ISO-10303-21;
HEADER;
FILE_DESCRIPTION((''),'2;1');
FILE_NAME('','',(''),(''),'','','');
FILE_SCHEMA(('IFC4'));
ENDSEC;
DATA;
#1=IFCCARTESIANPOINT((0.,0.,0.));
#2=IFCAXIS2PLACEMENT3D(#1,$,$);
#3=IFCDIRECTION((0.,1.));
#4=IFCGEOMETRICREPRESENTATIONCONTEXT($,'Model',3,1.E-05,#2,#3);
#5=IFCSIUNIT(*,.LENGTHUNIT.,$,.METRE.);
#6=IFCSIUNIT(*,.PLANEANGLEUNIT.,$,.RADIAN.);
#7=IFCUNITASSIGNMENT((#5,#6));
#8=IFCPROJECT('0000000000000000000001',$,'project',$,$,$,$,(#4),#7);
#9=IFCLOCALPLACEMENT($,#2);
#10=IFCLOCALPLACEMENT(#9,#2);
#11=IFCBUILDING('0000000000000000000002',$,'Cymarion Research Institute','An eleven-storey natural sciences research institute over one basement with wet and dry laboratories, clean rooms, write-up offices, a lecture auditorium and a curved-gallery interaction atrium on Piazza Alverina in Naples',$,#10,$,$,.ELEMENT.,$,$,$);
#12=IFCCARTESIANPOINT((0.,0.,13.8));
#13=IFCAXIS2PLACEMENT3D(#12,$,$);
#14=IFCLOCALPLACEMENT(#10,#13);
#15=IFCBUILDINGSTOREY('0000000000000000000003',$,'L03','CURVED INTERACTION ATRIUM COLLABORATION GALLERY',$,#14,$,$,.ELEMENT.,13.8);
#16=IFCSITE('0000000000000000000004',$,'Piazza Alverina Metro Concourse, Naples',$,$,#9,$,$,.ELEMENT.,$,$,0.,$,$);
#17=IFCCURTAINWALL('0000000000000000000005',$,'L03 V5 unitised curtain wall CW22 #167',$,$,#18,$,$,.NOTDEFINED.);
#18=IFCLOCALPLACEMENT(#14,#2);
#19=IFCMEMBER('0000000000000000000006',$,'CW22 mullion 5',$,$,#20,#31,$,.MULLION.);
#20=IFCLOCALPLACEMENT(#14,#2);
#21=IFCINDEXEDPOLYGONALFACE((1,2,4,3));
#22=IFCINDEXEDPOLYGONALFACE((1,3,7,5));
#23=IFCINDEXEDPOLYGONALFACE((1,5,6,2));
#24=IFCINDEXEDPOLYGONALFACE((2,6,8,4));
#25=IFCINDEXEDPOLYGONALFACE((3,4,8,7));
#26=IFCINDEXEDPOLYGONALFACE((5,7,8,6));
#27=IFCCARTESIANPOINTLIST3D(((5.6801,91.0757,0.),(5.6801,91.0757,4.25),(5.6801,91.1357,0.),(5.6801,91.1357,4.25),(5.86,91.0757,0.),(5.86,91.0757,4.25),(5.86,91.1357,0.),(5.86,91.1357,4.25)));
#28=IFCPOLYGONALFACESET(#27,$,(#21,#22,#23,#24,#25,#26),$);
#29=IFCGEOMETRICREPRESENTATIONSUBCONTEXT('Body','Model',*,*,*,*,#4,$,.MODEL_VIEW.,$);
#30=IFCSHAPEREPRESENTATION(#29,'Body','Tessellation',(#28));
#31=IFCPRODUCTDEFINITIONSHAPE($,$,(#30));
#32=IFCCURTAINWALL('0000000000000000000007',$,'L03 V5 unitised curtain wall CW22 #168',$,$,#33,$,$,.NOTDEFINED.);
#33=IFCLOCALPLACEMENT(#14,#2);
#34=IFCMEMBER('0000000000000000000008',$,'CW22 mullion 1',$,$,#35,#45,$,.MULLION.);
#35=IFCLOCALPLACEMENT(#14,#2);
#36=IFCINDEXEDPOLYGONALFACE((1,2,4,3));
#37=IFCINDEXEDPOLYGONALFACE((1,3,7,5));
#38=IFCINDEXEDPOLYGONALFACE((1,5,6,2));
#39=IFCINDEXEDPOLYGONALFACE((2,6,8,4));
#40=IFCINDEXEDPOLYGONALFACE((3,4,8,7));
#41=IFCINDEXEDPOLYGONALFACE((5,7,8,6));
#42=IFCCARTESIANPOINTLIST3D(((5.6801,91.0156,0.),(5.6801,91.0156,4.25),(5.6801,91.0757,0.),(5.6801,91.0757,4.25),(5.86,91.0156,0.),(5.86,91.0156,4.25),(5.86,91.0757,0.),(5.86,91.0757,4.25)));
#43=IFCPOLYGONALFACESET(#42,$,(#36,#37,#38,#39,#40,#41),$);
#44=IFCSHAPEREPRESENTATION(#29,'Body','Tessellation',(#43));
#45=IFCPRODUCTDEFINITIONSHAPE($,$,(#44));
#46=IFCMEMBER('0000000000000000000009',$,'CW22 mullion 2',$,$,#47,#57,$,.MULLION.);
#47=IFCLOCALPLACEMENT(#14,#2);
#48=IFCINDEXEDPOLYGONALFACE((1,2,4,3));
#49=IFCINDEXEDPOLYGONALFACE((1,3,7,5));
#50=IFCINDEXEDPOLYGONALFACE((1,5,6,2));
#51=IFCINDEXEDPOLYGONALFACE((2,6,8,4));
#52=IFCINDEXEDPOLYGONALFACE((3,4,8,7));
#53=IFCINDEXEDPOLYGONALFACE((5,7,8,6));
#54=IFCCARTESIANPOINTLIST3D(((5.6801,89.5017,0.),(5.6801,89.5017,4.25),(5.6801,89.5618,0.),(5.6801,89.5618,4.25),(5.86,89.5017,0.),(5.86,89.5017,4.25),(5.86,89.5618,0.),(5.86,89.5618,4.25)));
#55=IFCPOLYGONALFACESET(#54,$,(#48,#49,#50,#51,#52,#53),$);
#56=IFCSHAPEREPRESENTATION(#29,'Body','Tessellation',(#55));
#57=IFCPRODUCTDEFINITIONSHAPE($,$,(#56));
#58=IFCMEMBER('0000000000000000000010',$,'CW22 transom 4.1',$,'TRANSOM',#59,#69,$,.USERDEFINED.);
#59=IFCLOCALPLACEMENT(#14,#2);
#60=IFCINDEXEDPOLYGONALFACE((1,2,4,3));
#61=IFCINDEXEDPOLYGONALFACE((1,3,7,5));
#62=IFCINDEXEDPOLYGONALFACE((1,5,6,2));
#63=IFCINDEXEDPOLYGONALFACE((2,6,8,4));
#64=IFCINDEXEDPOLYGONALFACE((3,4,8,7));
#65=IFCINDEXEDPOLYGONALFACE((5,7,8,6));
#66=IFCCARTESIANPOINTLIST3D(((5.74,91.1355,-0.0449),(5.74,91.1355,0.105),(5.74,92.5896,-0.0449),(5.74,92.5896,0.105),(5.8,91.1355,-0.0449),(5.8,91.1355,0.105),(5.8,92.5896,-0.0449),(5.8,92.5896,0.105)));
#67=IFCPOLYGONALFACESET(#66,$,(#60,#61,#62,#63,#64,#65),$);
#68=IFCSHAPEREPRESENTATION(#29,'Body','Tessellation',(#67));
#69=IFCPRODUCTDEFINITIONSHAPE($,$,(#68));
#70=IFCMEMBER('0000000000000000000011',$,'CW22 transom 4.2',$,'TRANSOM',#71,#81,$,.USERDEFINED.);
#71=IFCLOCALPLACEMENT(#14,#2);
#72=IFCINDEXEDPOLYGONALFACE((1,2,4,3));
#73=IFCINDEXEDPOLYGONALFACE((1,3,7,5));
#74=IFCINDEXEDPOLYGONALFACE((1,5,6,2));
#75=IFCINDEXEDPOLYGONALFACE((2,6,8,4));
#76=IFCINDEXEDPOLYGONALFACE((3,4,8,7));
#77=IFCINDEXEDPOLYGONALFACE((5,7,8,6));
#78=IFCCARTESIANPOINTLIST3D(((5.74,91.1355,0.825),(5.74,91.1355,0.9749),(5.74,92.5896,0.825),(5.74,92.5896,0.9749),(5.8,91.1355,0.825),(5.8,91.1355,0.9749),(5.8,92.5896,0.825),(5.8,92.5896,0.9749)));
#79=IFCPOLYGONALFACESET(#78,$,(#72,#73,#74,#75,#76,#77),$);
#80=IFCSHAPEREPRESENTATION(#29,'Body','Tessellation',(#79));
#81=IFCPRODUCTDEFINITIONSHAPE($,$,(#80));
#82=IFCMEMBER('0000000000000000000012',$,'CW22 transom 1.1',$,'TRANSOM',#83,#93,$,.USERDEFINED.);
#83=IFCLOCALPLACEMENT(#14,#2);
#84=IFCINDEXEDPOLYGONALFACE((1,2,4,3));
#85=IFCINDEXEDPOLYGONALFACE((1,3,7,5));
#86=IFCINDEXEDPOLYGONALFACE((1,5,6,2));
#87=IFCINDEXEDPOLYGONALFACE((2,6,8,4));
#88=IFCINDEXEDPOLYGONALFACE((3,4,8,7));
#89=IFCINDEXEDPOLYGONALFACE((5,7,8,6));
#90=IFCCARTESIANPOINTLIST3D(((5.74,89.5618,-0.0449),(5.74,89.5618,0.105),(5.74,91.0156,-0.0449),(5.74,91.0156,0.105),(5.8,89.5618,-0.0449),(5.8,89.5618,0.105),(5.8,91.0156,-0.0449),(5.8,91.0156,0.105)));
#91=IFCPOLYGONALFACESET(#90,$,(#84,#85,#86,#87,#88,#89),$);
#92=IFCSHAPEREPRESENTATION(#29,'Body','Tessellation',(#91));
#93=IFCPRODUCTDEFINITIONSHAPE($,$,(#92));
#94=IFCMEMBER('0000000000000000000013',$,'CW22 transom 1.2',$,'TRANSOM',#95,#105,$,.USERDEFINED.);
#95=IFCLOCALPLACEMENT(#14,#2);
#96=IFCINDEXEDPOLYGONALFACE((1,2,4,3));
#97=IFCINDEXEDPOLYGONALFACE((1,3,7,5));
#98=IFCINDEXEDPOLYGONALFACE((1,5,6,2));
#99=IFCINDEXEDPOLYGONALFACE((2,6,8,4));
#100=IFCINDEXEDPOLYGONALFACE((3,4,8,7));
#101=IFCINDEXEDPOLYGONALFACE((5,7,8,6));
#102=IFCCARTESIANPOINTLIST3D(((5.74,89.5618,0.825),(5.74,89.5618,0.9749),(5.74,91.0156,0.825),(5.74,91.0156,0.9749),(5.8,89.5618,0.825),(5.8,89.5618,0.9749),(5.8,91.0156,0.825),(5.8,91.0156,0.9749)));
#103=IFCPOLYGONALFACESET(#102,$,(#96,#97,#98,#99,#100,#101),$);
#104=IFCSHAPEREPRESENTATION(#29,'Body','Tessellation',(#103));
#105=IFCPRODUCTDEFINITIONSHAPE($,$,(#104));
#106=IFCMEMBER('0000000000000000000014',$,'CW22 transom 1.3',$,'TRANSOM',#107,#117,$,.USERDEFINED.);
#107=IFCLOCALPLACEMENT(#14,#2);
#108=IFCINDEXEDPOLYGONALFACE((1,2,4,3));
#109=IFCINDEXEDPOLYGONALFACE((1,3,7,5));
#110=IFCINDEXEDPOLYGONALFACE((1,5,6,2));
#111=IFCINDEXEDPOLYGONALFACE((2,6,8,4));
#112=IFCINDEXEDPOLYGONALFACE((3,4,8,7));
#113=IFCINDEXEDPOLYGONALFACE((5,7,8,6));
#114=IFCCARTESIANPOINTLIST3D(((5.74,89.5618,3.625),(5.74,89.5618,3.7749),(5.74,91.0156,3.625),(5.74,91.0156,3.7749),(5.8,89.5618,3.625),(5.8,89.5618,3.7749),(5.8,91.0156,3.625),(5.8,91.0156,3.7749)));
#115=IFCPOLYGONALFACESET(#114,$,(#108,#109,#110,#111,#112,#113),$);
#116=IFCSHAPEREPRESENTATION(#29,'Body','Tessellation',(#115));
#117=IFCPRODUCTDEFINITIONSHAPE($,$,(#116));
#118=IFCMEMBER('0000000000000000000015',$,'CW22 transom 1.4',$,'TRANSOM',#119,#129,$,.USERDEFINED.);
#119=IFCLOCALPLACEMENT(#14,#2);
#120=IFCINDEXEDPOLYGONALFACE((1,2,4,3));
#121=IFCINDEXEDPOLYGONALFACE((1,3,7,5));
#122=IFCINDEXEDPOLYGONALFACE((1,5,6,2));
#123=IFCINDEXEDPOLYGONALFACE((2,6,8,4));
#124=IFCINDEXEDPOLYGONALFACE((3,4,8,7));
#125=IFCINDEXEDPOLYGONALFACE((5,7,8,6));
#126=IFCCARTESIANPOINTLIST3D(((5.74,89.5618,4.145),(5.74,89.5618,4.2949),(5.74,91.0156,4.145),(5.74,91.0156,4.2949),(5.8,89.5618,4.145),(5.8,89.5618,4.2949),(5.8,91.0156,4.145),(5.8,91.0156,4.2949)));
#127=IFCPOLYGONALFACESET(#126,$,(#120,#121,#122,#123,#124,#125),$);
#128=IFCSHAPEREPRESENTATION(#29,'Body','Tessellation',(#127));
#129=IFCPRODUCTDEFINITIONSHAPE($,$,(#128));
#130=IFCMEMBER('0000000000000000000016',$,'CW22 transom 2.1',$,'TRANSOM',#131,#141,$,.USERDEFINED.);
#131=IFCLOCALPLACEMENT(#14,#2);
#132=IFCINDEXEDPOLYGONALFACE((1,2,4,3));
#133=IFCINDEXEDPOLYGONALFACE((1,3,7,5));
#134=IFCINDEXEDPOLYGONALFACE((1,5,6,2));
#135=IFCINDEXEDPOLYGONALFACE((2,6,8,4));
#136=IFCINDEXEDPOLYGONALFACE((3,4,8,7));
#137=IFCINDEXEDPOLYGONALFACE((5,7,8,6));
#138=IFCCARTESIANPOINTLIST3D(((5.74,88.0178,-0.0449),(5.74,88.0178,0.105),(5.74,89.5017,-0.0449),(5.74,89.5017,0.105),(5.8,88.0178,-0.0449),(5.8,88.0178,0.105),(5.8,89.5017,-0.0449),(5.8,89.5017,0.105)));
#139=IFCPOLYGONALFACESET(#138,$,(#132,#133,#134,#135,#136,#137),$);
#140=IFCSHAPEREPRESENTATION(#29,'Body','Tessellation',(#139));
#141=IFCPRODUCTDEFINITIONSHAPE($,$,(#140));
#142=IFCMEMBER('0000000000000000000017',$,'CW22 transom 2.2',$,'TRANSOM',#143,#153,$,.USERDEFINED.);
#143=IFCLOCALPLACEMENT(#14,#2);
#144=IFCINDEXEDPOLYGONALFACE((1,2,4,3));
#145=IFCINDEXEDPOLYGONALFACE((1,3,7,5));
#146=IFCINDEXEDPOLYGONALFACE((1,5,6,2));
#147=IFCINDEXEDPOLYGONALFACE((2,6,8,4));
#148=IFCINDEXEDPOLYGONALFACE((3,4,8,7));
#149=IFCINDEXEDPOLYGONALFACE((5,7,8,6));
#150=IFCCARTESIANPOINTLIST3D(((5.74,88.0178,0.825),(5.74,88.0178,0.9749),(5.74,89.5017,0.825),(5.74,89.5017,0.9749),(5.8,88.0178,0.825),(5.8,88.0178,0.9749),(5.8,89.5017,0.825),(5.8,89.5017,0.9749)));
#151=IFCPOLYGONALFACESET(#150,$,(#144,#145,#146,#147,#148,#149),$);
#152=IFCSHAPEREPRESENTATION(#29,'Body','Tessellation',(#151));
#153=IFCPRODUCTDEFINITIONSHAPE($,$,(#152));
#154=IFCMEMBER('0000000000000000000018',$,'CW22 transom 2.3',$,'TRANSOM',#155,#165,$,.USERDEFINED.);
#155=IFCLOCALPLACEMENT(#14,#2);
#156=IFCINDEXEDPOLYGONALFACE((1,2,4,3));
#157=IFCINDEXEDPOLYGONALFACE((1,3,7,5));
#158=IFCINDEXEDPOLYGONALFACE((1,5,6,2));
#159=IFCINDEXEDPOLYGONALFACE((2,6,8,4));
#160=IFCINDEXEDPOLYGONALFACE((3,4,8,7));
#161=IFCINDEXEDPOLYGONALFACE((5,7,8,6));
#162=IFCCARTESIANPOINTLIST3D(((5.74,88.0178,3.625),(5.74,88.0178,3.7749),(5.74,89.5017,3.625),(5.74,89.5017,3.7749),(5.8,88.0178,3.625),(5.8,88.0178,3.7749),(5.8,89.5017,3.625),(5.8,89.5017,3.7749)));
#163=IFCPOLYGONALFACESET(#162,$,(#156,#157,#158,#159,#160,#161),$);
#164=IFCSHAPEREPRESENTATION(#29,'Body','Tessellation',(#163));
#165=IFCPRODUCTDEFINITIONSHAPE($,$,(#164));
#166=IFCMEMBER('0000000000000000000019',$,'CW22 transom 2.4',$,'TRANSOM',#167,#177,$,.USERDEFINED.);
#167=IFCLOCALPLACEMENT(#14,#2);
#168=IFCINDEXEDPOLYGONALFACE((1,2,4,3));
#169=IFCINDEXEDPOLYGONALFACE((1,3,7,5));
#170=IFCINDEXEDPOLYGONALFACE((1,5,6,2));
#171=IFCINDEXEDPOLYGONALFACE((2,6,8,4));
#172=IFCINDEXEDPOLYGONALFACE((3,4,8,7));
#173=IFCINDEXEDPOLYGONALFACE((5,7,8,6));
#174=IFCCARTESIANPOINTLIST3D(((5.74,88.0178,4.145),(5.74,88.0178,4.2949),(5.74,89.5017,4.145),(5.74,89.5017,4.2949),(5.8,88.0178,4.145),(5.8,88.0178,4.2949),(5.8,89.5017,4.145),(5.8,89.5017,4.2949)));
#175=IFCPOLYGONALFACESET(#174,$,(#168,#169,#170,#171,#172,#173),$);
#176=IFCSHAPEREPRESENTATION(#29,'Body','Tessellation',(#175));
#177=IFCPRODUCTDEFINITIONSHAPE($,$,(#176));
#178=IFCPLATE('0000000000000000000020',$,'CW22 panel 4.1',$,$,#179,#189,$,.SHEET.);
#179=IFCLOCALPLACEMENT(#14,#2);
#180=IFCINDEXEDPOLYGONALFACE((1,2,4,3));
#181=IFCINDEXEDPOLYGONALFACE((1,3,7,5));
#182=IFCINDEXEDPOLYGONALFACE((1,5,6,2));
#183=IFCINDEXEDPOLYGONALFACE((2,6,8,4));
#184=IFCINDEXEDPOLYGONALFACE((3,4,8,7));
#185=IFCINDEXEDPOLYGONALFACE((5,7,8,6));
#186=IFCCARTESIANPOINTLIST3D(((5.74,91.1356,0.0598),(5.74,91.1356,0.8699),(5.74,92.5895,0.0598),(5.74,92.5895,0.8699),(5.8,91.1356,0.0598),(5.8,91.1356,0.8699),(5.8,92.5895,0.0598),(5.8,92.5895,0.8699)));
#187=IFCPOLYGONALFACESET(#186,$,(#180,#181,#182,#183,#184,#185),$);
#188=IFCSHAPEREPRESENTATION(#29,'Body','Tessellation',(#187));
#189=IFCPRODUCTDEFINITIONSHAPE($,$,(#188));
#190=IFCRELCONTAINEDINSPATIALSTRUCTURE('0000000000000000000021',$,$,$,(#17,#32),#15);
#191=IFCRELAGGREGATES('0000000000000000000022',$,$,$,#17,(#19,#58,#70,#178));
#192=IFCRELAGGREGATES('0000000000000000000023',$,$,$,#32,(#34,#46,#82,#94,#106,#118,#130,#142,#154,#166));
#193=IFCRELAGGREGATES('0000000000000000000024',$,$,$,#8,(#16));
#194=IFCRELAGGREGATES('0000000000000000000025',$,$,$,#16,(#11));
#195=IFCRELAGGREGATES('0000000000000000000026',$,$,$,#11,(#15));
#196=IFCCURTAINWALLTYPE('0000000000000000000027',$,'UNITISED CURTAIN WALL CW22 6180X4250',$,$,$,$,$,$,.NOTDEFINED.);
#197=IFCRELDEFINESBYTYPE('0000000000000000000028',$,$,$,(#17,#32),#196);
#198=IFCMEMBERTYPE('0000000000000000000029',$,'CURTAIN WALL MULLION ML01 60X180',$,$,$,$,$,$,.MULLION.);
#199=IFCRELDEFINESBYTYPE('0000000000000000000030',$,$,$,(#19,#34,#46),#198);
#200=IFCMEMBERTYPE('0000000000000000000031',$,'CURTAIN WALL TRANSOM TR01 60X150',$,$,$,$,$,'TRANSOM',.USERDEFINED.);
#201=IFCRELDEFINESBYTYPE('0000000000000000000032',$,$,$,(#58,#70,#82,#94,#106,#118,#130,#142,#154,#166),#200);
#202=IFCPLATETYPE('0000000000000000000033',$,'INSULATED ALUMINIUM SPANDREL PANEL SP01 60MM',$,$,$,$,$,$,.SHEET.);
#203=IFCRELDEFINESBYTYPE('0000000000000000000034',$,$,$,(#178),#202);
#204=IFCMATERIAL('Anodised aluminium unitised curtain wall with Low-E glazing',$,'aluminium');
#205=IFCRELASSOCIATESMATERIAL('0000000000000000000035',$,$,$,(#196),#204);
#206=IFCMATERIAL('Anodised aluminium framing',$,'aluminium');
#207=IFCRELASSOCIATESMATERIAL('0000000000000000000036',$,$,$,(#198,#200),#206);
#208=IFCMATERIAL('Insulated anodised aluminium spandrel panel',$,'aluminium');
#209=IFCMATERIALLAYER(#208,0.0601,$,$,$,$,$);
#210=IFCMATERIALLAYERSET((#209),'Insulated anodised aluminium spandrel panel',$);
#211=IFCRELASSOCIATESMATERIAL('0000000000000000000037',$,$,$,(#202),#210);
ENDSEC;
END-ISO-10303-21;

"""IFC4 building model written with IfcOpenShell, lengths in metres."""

from ifc_helpers import new_model, si_unit, direction, frame, origin, origin_2d, place, context, subcontext, project, spatial, rectangle, extrude, material, layer, layer_set, material_profile, profile_set, type_object, element, aggregate, save


model = new_model("IFC4")

# Units and contexts
model_context = context("Model", 3, precision=1e-05, world=origin(), true_north=direction((0.0, 1.0)))
body_context = subcontext(model_context, "Body", "Model", "MODEL_VIEW")
ifc_project = project(units=[si_unit("LENGTHUNIT", "METRE"), si_unit("PLANEANGLEUNIT", "RADIAN")], contexts=[model_context])

# Site, building, storey
site_placement = place(None, origin())
site = spatial("IfcSite", under=ifc_project, at=site_placement, Name="Piazza Alverina Metro Concourse, Naples", CompositionType="ELEMENT", RefElevation=0.0)
building_placement = place(site_placement, origin())
building = spatial("IfcBuilding", under=site, at=building_placement, Name="Cymarion Research Institute", Description="An eleven-storey natural sciences research institute over one basement with wet and dry laboratories, clean rooms, write-up offices, a lecture auditorium and a curved-gallery interaction atrium on Piazza Alverina in Naples", CompositionType="ELEMENT")
storey_placement = place(building_placement, frame((0.0, 0.0, 13.8)))
storey = spatial("IfcBuildingStorey", under=building, at=storey_placement, Name="L03", Description="CURVED INTERACTION ATRIUM COLLABORATION GALLERY", CompositionType="ELEMENT", Elevation=13.8)

# Curtain wall, member
ifc_material_1 = material(Name="Anodised aluminium unitised curtain wall with Low-E glazing", Category="aluminium")
curtain_wall_type = type_object("IfcCurtainWallType", Name="UNITISED CURTAIN WALL CW22 6180X4250", PredefinedType="NOTDEFINED", material=ifc_material_1)
curtain_wall_1_placement = place(storey_placement, origin())
curtain_wall_1 = element("IfcCurtainWall", 1, at=curtain_wall_1_placement, inside=storey, type_object=curtain_wall_type, Name="L03 V5 unitised curtain wall CW22 #167", PredefinedType="NOTDEFINED")
ifc_material_2 = material(Name="Anodised aluminium framing", Category="aluminium")
ifc_material_profile_1 = material_profile(ifc_material_2, rectangle(XDim=0.0601, YDim=0.1799, at=origin_2d()), Name="ALU MULLION 60x180")
ifc_profile_set_1 = profile_set([ifc_material_profile_1], Name="Anodised aluminium framing")
member_type_1 = type_object("IfcMemberType", Name="CURTAIN WALL MULLION ML01 60X180", PredefinedType="MULLION", material=ifc_profile_set_1)
member_1_placement = place(storey_placement, frame((5.77, 91.1057, 0.0), z_axis=(0.0, 0.0, 1.0), x_axis=(0.0, -1.0, 0.0)))
member_1 = element("IfcMember", 2, at=member_1_placement, type_object=member_type_1, Name="CW22 mullion 5", PredefinedType="MULLION", context=body_context, shape_type="SweptSolid", body=[
    extrude(rectangle(XDim=0.0601, YDim=0.1799, at=origin_2d()), origin(), (0.0, 0.0, 1.0), 4.25),
])

# Curtain wall, members
curtain_wall_2_placement = place(storey_placement, origin())
curtain_wall_2 = element("IfcCurtainWall", 3, at=curtain_wall_2_placement, inside=storey, type_object=curtain_wall_type, Name="L03 V5 unitised curtain wall CW22 #168", PredefinedType="NOTDEFINED")
member_2_placement = place(storey_placement, frame((5.77, 91.0457, 0.0), z_axis=(0.0, 0.0, 1.0), x_axis=(0.0, -1.0, 0.0)))
member_2 = element("IfcMember", 4, at=member_2_placement, type_object=member_type_1, Name="CW22 mullion 1", PredefinedType="MULLION", context=body_context, shape_type="SweptSolid", body=[
    extrude(rectangle(XDim=0.0601, YDim=0.1799, at=origin_2d()), origin(), (0.0, 0.0, 1.0), 4.25),
])
member_3_placement = place(storey_placement, frame((5.77, 89.5317, 0.0), z_axis=(0.0, 0.0, 1.0), x_axis=(0.0, -1.0, 0.0)))
member_3 = element("IfcMember", 5, at=member_3_placement, type_object=member_type_1, Name="CW22 mullion 2", PredefinedType="MULLION", context=body_context, shape_type="SweptSolid", body=[
    extrude(rectangle(XDim=0.0601, YDim=0.1799, at=origin_2d()), origin(), (0.0, 0.0, 1.0), 4.25),
])

# Members
ifc_material_profile_2 = material_profile(ifc_material_2, rectangle(XDim=0.0601, YDim=0.1499, at=origin_2d()), Name="ALU TRANSOM 60x150")
ifc_profile_set_2 = profile_set([ifc_material_profile_2], Name="Anodised aluminium framing")
member_type_2 = type_object("IfcMemberType", Name="CURTAIN WALL TRANSOM TR01 60X150", ElementType="TRANSOM", PredefinedType="USERDEFINED", material=ifc_profile_set_2)
member_4_placement = place(storey_placement, frame((5.77, 92.5896, 0.03), z_axis=(0.0, -1.0, 0.0), x_axis=(1.0, 0.0, 0.0)))
member_4 = element("IfcMember", 6, at=member_4_placement, type_object=member_type_2, Name="CW22 transom 4.1", ObjectType="TRANSOM", PredefinedType="USERDEFINED", context=body_context, shape_type="SweptSolid", body=[
    extrude(rectangle(XDim=0.0601, YDim=0.1499, at=origin_2d()), origin(), (0.0, 0.0, 1.0), 1.4541),
])
member_5_placement = place(storey_placement, frame((5.77, 92.5896, 0.8999), z_axis=(0.0, -1.0, 0.0), x_axis=(1.0, 0.0, 0.0)))
member_5 = element("IfcMember", 7, at=member_5_placement, type_object=member_type_2, Name="CW22 transom 4.2", ObjectType="TRANSOM", PredefinedType="USERDEFINED", context=body_context, shape_type="SweptSolid", body=[
    extrude(rectangle(XDim=0.0601, YDim=0.1499, at=origin_2d()), origin(), (0.0, 0.0, 1.0), 1.4541),
])
member_6_placement = place(storey_placement, frame((5.77, 91.0156, 0.03), z_axis=(0.0, -1.0, 0.0), x_axis=(1.0, 0.0, 0.0)))
member_6 = element("IfcMember", 8, at=member_6_placement, type_object=member_type_2, Name="CW22 transom 1.1", ObjectType="TRANSOM", PredefinedType="USERDEFINED", context=body_context, shape_type="SweptSolid", body=[
    extrude(rectangle(XDim=0.0601, YDim=0.1499, at=origin_2d()), origin(), (0.0, 0.0, 1.0), 1.4539),
])
member_7_placement = place(storey_placement, frame((5.77, 91.0156, 0.8999), z_axis=(0.0, -1.0, 0.0), x_axis=(1.0, 0.0, 0.0)))
member_7 = element("IfcMember", 9, at=member_7_placement, type_object=member_type_2, Name="CW22 transom 1.2", ObjectType="TRANSOM", PredefinedType="USERDEFINED", context=body_context, shape_type="SweptSolid", body=[
    extrude(rectangle(XDim=0.0601, YDim=0.1499, at=origin_2d()), origin(), (0.0, 0.0, 1.0), 1.4539),
])
member_8_placement = place(storey_placement, frame((5.77, 91.0156, 3.7), z_axis=(0.0, -1.0, 0.0), x_axis=(1.0, 0.0, 0.0)))
member_8 = element("IfcMember", 10, at=member_8_placement, type_object=member_type_2, Name="CW22 transom 1.3", ObjectType="TRANSOM", PredefinedType="USERDEFINED", context=body_context, shape_type="SweptSolid", body=[
    extrude(rectangle(XDim=0.0601, YDim=0.1499, at=origin_2d()), origin(), (0.0, 0.0, 1.0), 1.4539),
])
member_9_placement = place(storey_placement, frame((5.77, 91.0156, 4.22), z_axis=(0.0, -1.0, 0.0), x_axis=(1.0, 0.0, 0.0)))
member_9 = element("IfcMember", 11, at=member_9_placement, type_object=member_type_2, Name="CW22 transom 1.4", ObjectType="TRANSOM", PredefinedType="USERDEFINED", context=body_context, shape_type="SweptSolid", body=[
    extrude(rectangle(XDim=0.0601, YDim=0.1499, at=origin_2d()), origin(), (0.0, 0.0, 1.0), 1.4539),
])
member_10_placement = place(storey_placement, frame((5.77, 89.5017, 0.03), z_axis=(0.0, -1.0, 0.0), x_axis=(1.0, 0.0, 0.0)))
member_10 = element("IfcMember", 12, at=member_10_placement, type_object=member_type_2, Name="CW22 transom 2.1", ObjectType="TRANSOM", PredefinedType="USERDEFINED", context=body_context, shape_type="SweptSolid", body=[
    extrude(rectangle(XDim=0.0601, YDim=0.1499, at=origin_2d()), origin(), (0.0, 0.0, 1.0), 1.4839),
])
member_11_placement = place(storey_placement, frame((5.77, 89.5017, 0.8999), z_axis=(0.0, -1.0, 0.0), x_axis=(1.0, 0.0, 0.0)))
member_11 = element("IfcMember", 13, at=member_11_placement, type_object=member_type_2, Name="CW22 transom 2.2", ObjectType="TRANSOM", PredefinedType="USERDEFINED", context=body_context, shape_type="SweptSolid", body=[
    extrude(rectangle(XDim=0.0601, YDim=0.1499, at=origin_2d()), origin(), (0.0, 0.0, 1.0), 1.4839),
])
member_12_placement = place(storey_placement, frame((5.77, 89.5017, 3.7), z_axis=(0.0, -1.0, 0.0), x_axis=(1.0, 0.0, 0.0)))
member_12 = element("IfcMember", 14, at=member_12_placement, type_object=member_type_2, Name="CW22 transom 2.3", ObjectType="TRANSOM", PredefinedType="USERDEFINED", context=body_context, shape_type="SweptSolid", body=[
    extrude(rectangle(XDim=0.0601, YDim=0.1499, at=origin_2d()), origin(), (0.0, 0.0, 1.0), 1.4839),
])
member_13_placement = place(storey_placement, frame((5.77, 89.5017, 4.22), z_axis=(0.0, -1.0, 0.0), x_axis=(1.0, 0.0, 0.0)))
member_13 = element("IfcMember", 15, at=member_13_placement, type_object=member_type_2, Name="CW22 transom 2.4", ObjectType="TRANSOM", PredefinedType="USERDEFINED", context=body_context, shape_type="SweptSolid", body=[
    extrude(rectangle(XDim=0.0601, YDim=0.1499, at=origin_2d()), origin(), (0.0, 0.0, 1.0), 1.4839),
])

# Plate
ifc_material_3 = material(Name="Insulated anodised aluminium spandrel panel", Category="aluminium")
ifc_layer_1 = layer(ifc_material_3, 0.0601)
ifc_layer_set_1 = layer_set([ifc_layer_1], Name="Insulated anodised aluminium spandrel panel")
plate_type_1 = type_object("IfcPlateType", Name="INSULATED ALUMINIUM SPANDREL PANEL SP01 60MM", PredefinedType="SHEET", material=ifc_layer_set_1)
plate_1_placement = place(storey_placement, frame((5.77, 91.8625, 0.0598), z_axis=(0.0, 0.0, 1.0), x_axis=(0.0, -1.0, 0.0)))
plate_1 = element("IfcPlate", 16, at=plate_1_placement, type_object=plate_type_1, Name="CW22 panel 4.1", PredefinedType="SHEET", context=body_context, shape_type="SweptSolid", body=[
    extrude(rectangle(XDim=1.4539, YDim=0.0601, at=origin_2d()), origin(), (0.0, 0.0, 1.0), 0.8101),
])
aggregate(curtain_wall_1, [member_1, member_4, member_5, plate_1])
aggregate(curtain_wall_2, [member_2, member_3, member_6, member_7, member_8, member_9, member_10, member_11, member_12, member_13])

save(model, "model.ifc")
